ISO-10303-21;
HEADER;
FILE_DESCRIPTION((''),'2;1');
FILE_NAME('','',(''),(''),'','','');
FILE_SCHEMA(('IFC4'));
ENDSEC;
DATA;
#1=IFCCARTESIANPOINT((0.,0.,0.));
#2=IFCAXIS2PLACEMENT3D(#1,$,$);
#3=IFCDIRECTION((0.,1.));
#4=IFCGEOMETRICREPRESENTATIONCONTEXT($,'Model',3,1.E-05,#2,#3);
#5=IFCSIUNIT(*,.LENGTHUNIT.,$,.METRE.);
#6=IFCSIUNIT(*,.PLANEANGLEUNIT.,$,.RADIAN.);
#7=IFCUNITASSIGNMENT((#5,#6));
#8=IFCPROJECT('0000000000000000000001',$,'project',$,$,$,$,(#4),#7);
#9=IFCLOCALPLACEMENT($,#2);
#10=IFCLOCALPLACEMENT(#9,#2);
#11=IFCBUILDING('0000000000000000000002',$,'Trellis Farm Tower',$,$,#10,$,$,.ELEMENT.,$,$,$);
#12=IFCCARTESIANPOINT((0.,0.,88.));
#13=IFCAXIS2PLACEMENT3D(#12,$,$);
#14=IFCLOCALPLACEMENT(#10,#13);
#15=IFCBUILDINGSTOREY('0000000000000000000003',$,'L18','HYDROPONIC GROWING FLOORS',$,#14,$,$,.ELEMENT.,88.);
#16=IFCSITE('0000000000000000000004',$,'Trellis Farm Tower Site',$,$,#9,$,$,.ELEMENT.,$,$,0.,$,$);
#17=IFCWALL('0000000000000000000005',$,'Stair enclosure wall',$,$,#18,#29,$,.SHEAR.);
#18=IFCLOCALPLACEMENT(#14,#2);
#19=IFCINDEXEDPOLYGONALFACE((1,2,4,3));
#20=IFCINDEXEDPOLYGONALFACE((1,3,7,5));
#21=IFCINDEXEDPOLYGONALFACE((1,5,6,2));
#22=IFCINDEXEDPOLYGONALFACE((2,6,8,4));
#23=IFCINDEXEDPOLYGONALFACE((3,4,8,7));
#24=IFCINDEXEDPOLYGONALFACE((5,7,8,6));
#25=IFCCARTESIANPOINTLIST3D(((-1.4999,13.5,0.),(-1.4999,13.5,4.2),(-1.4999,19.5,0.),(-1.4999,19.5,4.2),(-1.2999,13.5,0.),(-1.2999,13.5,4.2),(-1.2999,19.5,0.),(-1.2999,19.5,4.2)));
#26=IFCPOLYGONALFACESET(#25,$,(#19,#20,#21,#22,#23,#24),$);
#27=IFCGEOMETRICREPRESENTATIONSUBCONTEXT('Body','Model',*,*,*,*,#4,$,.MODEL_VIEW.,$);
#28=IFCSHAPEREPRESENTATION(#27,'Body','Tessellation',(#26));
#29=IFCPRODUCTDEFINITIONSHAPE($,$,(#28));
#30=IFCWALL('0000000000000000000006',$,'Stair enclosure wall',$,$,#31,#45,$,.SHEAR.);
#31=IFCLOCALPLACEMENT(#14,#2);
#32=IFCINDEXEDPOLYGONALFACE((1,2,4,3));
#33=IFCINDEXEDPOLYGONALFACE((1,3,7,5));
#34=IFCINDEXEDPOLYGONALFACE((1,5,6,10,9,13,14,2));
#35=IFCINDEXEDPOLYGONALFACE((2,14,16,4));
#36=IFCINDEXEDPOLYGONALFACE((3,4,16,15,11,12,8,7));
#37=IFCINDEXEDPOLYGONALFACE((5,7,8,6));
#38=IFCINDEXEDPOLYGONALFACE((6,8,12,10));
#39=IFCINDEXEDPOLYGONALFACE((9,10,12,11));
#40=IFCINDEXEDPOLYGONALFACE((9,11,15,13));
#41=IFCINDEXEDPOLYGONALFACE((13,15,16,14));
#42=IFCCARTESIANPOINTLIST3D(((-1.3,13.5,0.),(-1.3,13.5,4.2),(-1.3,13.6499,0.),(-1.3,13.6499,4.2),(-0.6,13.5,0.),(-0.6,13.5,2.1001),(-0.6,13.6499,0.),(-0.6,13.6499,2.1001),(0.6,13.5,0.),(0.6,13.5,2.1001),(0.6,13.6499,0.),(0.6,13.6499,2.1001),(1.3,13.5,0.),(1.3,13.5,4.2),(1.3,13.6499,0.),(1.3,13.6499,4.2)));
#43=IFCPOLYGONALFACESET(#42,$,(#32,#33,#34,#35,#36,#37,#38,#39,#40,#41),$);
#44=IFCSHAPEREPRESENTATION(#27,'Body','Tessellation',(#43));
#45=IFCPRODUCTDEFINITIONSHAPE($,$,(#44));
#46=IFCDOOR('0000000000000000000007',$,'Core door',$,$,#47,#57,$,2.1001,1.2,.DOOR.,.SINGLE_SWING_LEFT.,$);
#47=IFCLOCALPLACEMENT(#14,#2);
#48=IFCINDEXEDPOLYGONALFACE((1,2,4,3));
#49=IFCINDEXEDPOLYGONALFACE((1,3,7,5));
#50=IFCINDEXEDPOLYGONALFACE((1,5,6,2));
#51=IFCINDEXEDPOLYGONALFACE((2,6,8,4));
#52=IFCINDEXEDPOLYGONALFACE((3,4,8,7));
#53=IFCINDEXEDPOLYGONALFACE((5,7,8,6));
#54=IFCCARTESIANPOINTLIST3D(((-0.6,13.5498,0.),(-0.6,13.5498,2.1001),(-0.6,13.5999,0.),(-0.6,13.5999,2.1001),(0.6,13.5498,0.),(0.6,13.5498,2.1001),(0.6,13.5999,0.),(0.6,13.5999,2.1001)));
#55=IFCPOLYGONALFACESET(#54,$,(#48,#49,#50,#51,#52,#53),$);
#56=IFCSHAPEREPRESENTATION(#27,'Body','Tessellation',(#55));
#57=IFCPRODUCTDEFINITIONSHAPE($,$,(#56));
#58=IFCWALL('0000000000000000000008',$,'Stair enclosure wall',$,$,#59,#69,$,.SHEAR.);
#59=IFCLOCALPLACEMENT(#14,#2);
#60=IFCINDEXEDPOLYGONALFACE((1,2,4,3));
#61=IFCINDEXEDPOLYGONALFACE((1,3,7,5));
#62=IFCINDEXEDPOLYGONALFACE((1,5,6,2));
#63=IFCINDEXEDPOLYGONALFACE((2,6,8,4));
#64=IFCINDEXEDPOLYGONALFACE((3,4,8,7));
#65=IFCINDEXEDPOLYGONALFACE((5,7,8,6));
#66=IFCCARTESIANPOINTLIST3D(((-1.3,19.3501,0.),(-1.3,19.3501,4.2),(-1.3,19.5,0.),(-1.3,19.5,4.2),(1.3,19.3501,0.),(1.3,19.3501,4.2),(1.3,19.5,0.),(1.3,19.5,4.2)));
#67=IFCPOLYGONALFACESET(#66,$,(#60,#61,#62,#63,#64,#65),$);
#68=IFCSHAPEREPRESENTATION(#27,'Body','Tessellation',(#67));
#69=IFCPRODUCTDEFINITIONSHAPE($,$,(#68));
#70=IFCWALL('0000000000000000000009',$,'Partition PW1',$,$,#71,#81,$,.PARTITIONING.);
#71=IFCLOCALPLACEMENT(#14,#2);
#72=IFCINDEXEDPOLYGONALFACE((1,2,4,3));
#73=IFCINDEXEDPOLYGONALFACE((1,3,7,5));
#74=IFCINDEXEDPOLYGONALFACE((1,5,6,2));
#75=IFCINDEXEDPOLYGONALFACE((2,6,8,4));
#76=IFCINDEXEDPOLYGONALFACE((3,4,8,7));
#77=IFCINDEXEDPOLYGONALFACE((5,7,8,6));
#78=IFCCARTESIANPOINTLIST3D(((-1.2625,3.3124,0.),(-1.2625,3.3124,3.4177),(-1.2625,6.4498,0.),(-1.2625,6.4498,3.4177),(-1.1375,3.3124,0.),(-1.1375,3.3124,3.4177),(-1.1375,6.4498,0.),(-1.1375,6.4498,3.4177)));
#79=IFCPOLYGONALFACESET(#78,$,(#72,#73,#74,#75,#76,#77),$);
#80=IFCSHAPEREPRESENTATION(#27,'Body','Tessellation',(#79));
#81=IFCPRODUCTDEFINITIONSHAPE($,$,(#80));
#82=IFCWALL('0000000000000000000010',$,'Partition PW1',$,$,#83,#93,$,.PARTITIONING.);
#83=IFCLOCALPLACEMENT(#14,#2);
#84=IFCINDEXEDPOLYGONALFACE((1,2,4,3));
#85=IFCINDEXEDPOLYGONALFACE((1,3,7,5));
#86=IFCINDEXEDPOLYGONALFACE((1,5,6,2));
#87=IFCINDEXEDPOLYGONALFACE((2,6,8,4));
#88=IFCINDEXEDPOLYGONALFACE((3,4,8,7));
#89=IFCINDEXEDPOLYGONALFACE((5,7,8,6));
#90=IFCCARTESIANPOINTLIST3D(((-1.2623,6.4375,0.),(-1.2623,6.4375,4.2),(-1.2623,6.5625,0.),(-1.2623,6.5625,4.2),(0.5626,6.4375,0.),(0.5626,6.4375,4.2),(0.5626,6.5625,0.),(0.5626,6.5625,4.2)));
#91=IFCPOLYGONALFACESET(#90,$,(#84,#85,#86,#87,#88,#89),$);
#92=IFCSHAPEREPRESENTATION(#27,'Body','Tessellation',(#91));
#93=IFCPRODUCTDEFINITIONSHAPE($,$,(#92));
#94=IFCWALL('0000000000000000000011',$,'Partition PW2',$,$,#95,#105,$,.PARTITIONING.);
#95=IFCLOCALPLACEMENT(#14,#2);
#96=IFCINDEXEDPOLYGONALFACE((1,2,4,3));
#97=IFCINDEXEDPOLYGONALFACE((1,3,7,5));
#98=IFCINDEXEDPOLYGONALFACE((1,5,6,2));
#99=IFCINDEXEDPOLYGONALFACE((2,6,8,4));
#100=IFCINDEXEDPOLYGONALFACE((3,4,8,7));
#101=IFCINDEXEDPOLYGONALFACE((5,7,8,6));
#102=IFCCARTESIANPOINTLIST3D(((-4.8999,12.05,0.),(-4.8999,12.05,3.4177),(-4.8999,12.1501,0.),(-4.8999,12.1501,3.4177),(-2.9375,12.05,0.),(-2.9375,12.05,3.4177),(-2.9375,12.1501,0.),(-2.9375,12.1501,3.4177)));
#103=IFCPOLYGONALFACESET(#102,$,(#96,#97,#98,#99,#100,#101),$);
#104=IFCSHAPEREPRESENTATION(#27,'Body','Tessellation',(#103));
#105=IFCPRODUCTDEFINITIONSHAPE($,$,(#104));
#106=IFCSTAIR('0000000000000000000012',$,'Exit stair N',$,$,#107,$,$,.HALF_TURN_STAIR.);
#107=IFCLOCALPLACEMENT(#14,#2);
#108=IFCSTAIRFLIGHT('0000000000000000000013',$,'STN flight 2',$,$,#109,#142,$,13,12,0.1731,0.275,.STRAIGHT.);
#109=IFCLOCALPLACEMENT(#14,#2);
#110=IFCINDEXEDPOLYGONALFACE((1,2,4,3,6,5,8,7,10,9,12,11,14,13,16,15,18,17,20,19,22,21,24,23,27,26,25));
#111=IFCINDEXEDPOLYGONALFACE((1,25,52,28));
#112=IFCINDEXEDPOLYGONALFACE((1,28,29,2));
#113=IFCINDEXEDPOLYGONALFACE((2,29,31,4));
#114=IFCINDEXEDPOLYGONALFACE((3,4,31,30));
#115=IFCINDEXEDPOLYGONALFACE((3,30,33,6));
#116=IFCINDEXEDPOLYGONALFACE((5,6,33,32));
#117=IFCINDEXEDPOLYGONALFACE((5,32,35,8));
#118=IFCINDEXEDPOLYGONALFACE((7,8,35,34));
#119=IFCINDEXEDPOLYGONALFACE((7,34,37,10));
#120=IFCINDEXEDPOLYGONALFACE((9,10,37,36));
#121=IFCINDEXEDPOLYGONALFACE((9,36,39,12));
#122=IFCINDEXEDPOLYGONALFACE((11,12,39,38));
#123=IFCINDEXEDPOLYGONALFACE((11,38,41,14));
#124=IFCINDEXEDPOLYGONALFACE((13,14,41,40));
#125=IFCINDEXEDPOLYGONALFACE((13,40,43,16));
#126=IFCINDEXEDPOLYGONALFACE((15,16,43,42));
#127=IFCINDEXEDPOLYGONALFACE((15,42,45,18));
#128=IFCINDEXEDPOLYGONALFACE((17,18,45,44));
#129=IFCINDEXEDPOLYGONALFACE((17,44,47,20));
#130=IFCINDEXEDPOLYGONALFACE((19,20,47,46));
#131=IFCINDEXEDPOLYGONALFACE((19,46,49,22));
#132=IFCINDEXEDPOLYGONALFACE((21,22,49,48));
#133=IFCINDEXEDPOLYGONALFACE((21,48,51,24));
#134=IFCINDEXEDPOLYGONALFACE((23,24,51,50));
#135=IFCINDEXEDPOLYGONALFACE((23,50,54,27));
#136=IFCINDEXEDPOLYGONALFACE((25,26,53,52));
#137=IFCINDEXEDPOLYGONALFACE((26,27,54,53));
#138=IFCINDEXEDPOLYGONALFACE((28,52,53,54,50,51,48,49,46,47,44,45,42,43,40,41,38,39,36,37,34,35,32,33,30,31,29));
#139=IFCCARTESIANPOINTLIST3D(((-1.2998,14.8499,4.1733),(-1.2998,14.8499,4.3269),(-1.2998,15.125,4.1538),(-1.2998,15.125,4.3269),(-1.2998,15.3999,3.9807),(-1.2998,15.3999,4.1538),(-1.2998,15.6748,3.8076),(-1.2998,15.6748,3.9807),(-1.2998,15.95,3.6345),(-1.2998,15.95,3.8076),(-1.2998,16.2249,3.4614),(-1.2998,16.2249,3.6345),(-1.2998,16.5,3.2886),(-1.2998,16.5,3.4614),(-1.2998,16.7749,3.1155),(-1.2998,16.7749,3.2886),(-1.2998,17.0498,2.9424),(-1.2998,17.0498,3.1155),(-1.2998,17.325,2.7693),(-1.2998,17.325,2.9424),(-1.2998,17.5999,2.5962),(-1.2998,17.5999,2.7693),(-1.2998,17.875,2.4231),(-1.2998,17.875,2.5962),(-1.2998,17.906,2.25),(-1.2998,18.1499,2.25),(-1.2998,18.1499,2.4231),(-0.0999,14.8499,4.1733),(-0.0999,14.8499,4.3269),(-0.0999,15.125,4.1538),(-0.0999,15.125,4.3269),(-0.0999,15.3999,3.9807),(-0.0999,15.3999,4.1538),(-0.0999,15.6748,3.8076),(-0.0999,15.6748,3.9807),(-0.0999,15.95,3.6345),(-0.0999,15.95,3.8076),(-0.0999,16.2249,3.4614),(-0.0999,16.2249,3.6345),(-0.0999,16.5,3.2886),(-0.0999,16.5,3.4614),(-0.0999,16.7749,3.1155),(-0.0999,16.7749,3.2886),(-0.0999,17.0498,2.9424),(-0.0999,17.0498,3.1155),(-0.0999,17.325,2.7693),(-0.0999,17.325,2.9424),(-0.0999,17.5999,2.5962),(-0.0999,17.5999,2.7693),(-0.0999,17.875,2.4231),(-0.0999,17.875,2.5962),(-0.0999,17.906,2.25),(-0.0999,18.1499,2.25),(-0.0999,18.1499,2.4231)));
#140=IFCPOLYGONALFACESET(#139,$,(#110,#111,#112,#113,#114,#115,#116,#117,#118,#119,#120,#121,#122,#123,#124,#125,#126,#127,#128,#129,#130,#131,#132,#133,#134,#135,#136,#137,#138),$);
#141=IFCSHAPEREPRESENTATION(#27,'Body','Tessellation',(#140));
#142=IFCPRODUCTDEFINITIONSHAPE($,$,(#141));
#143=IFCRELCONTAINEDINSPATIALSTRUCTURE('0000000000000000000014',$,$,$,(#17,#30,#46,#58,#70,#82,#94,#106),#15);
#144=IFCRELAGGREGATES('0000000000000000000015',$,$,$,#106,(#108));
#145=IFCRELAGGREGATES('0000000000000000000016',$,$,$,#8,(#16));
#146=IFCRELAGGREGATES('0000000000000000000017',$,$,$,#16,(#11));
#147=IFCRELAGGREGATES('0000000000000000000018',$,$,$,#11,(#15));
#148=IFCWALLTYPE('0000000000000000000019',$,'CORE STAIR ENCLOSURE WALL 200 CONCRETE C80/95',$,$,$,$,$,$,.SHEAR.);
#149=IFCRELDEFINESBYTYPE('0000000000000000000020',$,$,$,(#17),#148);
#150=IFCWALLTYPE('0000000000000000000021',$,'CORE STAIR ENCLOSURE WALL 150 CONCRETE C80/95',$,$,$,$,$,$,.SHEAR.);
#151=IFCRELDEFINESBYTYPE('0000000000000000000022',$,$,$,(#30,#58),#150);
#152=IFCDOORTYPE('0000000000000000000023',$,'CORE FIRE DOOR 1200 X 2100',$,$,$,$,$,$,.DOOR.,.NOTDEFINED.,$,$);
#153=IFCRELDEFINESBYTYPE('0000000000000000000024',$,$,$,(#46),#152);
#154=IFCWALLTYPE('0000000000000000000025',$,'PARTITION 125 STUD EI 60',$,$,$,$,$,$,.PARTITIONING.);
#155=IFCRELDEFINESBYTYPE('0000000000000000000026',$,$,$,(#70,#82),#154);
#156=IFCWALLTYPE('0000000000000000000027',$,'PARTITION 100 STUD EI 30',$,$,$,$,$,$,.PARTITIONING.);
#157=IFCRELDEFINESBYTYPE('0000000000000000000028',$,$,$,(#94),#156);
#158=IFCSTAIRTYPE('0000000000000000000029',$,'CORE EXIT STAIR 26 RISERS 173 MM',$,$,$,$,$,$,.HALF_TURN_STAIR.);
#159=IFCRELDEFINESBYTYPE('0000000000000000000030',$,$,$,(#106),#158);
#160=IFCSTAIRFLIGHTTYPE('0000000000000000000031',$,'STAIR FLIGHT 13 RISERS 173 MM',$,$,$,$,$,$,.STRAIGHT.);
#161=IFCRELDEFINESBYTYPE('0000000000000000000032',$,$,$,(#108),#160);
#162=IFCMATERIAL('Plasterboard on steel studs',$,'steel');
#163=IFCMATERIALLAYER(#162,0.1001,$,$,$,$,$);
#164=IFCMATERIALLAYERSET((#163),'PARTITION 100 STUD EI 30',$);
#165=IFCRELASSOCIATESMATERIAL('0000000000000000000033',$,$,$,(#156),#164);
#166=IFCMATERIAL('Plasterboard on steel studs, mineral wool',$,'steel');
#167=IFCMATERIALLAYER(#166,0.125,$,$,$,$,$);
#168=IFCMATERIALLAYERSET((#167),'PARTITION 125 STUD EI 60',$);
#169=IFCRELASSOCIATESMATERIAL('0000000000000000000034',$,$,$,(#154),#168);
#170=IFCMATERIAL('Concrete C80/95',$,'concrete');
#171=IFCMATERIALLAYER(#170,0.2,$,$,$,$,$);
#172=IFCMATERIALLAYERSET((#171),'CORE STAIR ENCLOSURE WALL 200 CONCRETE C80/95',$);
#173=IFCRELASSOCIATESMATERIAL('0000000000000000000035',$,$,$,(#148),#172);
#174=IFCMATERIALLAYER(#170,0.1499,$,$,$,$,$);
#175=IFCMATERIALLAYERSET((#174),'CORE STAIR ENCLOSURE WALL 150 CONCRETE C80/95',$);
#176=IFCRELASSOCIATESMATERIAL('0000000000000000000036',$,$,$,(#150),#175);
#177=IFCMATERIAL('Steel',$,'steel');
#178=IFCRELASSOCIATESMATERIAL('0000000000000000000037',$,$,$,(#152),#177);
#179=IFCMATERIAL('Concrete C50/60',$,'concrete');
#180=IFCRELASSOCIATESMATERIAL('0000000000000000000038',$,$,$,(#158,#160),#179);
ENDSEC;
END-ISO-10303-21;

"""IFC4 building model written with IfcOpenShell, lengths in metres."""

from ifc_helpers import new_model, si_unit, direction, frame, frame_2d, origin, place, context, subcontext, project, spatial, polyline, rectangle, outline, extrude, source, transform, mapped, material, layer, layer_set, type_object, element, fill, aggregate, save


model = new_model("IFC4")

# Units and contexts
model_context = context("Model", 3, precision=1e-05, world=origin(), true_north=direction((0.0, 1.0)))
body_context = subcontext(model_context, "Body", "Model", "MODEL_VIEW")
ifc_project = project(units=[si_unit("LENGTHUNIT", "METRE"), si_unit("PLANEANGLEUNIT", "RADIAN")], contexts=[model_context])

# Site, building, storey
site_placement = place(None, origin())
site = spatial("IfcSite", under=ifc_project, at=site_placement, Name="Trellis Farm Tower Site", CompositionType="ELEMENT", RefElevation=0.0)
building_placement = place(site_placement, origin())
building = spatial("IfcBuilding", under=site, at=building_placement, Name="Trellis Farm Tower", CompositionType="ELEMENT")
storey_placement = place(building_placement, frame((0.0, 0.0, 88.0)))
storey = spatial("IfcBuildingStorey", under=building, at=storey_placement, Name="L18", Description="HYDROPONIC GROWING FLOORS", CompositionType="ELEMENT", Elevation=88.0)

# Shared definitions
ifc_material_1 = material(Name="Concrete C80/95", Category="concrete")

# Shared definitions
placement = place(storey_placement, origin())

# Shared definitions
ifc_material_2 = material(Name="Plasterboard on steel studs", Category="steel")
ifc_layer_1 = layer(ifc_material_2, 0.1001)
ifc_layer_set_1 = layer_set([ifc_layer_1], Name="PARTITION 100 STUD EI 30")
wall_type_1 = type_object("IfcWallType", Name="PARTITION 100 STUD EI 30", PredefinedType="PARTITIONING", material=ifc_layer_set_1)

# Shared definitions
ifc_material_3 = material(Name="Plasterboard on steel studs, mineral wool", Category="steel")
ifc_layer_2 = layer(ifc_material_3, 0.125)
ifc_layer_set_2 = layer_set([ifc_layer_2], Name="PARTITION 125 STUD EI 60")
wall_type_2 = type_object("IfcWallType", Name="PARTITION 125 STUD EI 60", PredefinedType="PARTITIONING", material=ifc_layer_set_2)

# Wall
ifc_layer_3 = layer(ifc_material_1, 0.2)
ifc_layer_set_3 = layer_set([ifc_layer_3], Name="CORE STAIR ENCLOSURE WALL 200 CONCRETE C80/95")
wall_type_3 = type_object("IfcWallType", Name="CORE STAIR ENCLOSURE WALL 200 CONCRETE C80/95", PredefinedType="SHEAR", material=ifc_layer_set_3)
shared_shape_1 = source(origin(), body_context, "Body", "SweptSolid", [
    extrude(rectangle(XDim=6.0, YDim=0.2, at=frame_2d((3.0, 0.0))), origin(), (0.0, 0.0, 1.0), 4.2),
])
wall_1_placement = place(storey_placement, frame((-1.3999, 13.5, 0.0), z_axis=(0.0, 0.0, 1.0), x_axis=(0.0, 1.0, 0.0)))
element("IfcWall", 1, at=wall_1_placement, inside=storey, type_object=wall_type_3, Name="Stair enclosure wall", PredefinedType="SHEAR", context=body_context, shape_type="MappedRepresentation", body=[
    mapped(shared_shape_1, transform((0.0, 0.0, 0.0))),
])

# Wall, opening, door
ifc_layer_4 = layer(ifc_material_1, 0.1499)
ifc_layer_set_4 = layer_set([ifc_layer_4], Name="CORE STAIR ENCLOSURE WALL 150 CONCRETE C80/95")
wall_type_4 = type_object("IfcWallType", Name="CORE STAIR ENCLOSURE WALL 150 CONCRETE C80/95", PredefinedType="SHEAR", material=ifc_layer_set_4)
shared_shape_2 = source(origin(), body_context, "Body", "SweptSolid", [
    extrude(rectangle(XDim=2.6001, YDim=0.1499, at=frame_2d((1.3, 0.0))), origin(), (0.0, 0.0, 1.0), 4.2),
])
wall_2_placement = place(storey_placement, frame((-1.3, 13.575, 0.0), z_axis=(0.0, 0.0, 1.0), x_axis=(1.0, 0.0, 0.0)))
wall_2 = element("IfcWall", 2, at=wall_2_placement, inside=storey, type_object=wall_type_4, Name="Stair enclosure wall", PredefinedType="SHEAR", context=body_context, shape_type="MappedRepresentation", body=[
    mapped(shared_shape_2, transform((0.0, 0.0, 0.0))),
])
shared_shape_3 = source(origin(), body_context, "Body", "SweptSolid", [
    extrude(rectangle(XDim=1.2, YDim=2.1001, at=frame_2d((0.6001, 1.05))), frame((0.0, 0.085, 0.0), z_axis=(0.0, -1.0, 0.0), x_axis=(1.0, 0.0, 0.0)), (0.0, 0.0, 1.0), 0.1699),
])
opening_1_placement = place(wall_2_placement, frame((0.7, 0.0, 0.0)))
opening_1 = element("IfcOpeningElement", 3, at=opening_1_placement, cuts=wall_2, PredefinedType="OPENING", context=body_context, shape_type="MappedRepresentation", body=[
    mapped(shared_shape_3, transform((0.0, 0.0, 0.0))),
])
ifc_material_4 = material(Name="Steel", Category="steel")
door_type_1 = type_object("IfcDoorType", Name="CORE FIRE DOOR 1200 X 2100", OperationType="NOTDEFINED", PredefinedType="DOOR", material=ifc_material_4)
shared_shape_4 = source(origin(), body_context, "Body", "SweptSolid", [
    extrude(rectangle(XDim=1.2, YDim=2.1001, at=frame_2d((0.6001, 1.05))), frame((0.0, 0.0249, 0.0), z_axis=(0.0, -1.0, 0.0), x_axis=(1.0, 0.0, 0.0)), (0.0, 0.0, 1.0), 0.05),
])
door_1_placement = place(opening_1_placement, origin())
door_1 = element("IfcDoor", 4, at=door_1_placement, inside=storey, type_object=door_type_1, Name="Core door", OperationType="SINGLE_SWING_LEFT", OverallHeight=2.1001, OverallWidth=1.2, PredefinedType="DOOR", context=body_context, shape_type="MappedRepresentation", body=[
    mapped(shared_shape_4, transform((0.0, 0.0, 0.0))),
])
fill(opening_1, door_1)

# Walls
wall_3_placement = place(storey_placement, frame((-1.3, 19.425, 0.0), z_axis=(0.0, 0.0, 1.0), x_axis=(1.0, 0.0, 0.0)))
element("IfcWall", 5, at=wall_3_placement, inside=storey, type_object=wall_type_4, Name="Stair enclosure wall", PredefinedType="SHEAR", context=body_context, shape_type="MappedRepresentation", body=[
    mapped(shared_shape_2, transform((0.0, 0.0, 0.0))),
])
shared_shape_5 = source(origin(), body_context, "Body", "SweptSolid", [
    extrude(rectangle(XDim=3.1375, YDim=0.125, at=frame_2d((1.5688, 0.0))), origin(), (0.0, 0.0, 1.0), 3.4177),
])
wall_4_placement = place(storey_placement, frame((-1.2, 6.45, 0.0), z_axis=(0.0, 0.0, 1.0), x_axis=(0.0, -1.0, 0.0)))
element("IfcWall", 6, at=wall_4_placement, inside=storey, type_object=wall_type_2, Name="Partition PW1", PredefinedType="PARTITIONING", context=body_context, shape_type="MappedRepresentation", body=[
    mapped(shared_shape_5, transform((0.0, 0.0, 0.0))),
])
shared_shape_6 = source(origin(), body_context, "Body", "SweptSolid", [
    extrude(rectangle(XDim=1.825, YDim=0.125, at=frame_2d((0.9126, 0.0))), origin(), (0.0, 0.0, 1.0), 4.2),
])
wall_5_placement = place(storey_placement, frame((-1.2625, 6.5, 0.0), z_axis=(0.0, 0.0, 1.0), x_axis=(1.0, 0.0, 0.0)))
element("IfcWall", 7, at=wall_5_placement, inside=storey, type_object=wall_type_2, Name="Partition PW1", PredefinedType="PARTITIONING", context=body_context, shape_type="MappedRepresentation", body=[
    mapped(shared_shape_6, transform((0.0, 0.0, 0.0))),
])
shared_shape_7 = source(origin(), body_context, "Body", "SweptSolid", [
    extrude(rectangle(XDim=1.9624, YDim=0.1001, at=frame_2d((0.9812, 0.0))), origin(), (0.0, 0.0, 1.0), 3.4177),
])
wall_6_placement = place(storey_placement, frame((-4.8999, 12.1001, 0.0), z_axis=(0.0, 0.0, 1.0), x_axis=(1.0, 0.0, 0.0)))
element("IfcWall", 8, at=wall_6_placement, inside=storey, type_object=wall_type_1, Name="Partition PW2", PredefinedType="PARTITIONING", context=body_context, shape_type="MappedRepresentation", body=[
    mapped(shared_shape_7, transform((0.0, 0.0, 0.0))),
])

# Stair, stair flight
ifc_material_5 = material(Name="Concrete C50/60", Category="concrete")
stair_type = type_object("IfcStairType", Name="CORE EXIT STAIR 26 RISERS 173 MM", PredefinedType="HALF_TURN_STAIR", material=ifc_material_5)
stair = element("IfcStair", 9, at=placement, inside=storey, type_object=stair_type, Name="Exit stair N", PredefinedType="HALF_TURN_STAIR")
stair_flight_type = type_object("IfcStairFlightType", Name="STAIR FLIGHT 13 RISERS 173 MM", PredefinedType="STRAIGHT", material=ifc_material_5)
shared_shape_8 = source(origin(), body_context, "Body", "SweptSolid", [
    extrude(outline(polyline([(0.0, 0.0), (0.0, 0.1731), (0.2749, 0.1731), (0.2749, 0.3462), (0.55, 0.3462), (0.55, 0.5193), (0.825, 0.5193), (0.825, 0.6924), (1.1001, 0.6924), (1.1001, 0.8655), (1.375, 0.8655), (1.375, 1.0386), (1.6499, 1.0386), (1.6499, 1.2114), (1.925, 1.2114), (1.925, 1.3845), (2.2, 1.3845), (2.2, 1.5576), (2.4751, 1.5576), (2.4751, 1.7307), (2.75, 1.7307), (2.75, 1.9038), (3.0249, 1.9038), (3.0249, 2.0769), (3.3, 2.0769), (3.3, 2.25), (3.3, 1.9233), (0.2439, 0.0), (0.0, 0.0)])), frame((0.0, 0.6001, 0.0), z_axis=(0.0, -1.0, 0.0), x_axis=(1.0, 0.0, 0.0)), (0.0, 0.0, 1.0), 1.2),
])
stair_flight_placement = place(storey_placement, frame((-0.7, 18.1499, 2.25), z_axis=(0.0, 0.0, 1.0), x_axis=(0.0, -1.0, 0.0)))
stair_flight = element("IfcStairFlight", 10, at=stair_flight_placement, type_object=stair_flight_type, Name="STN flight 2", NumberOfRisers=13, NumberOfTreads=12, PredefinedType="STRAIGHT", RiserHeight=0.1731, TreadLength=0.275, context=body_context, shape_type="MappedRepresentation", body=[
    mapped(shared_shape_8, transform((0.0, 0.0, 0.0))),
])
aggregate(stair, [stair_flight])

save(model, "model.ifc")
